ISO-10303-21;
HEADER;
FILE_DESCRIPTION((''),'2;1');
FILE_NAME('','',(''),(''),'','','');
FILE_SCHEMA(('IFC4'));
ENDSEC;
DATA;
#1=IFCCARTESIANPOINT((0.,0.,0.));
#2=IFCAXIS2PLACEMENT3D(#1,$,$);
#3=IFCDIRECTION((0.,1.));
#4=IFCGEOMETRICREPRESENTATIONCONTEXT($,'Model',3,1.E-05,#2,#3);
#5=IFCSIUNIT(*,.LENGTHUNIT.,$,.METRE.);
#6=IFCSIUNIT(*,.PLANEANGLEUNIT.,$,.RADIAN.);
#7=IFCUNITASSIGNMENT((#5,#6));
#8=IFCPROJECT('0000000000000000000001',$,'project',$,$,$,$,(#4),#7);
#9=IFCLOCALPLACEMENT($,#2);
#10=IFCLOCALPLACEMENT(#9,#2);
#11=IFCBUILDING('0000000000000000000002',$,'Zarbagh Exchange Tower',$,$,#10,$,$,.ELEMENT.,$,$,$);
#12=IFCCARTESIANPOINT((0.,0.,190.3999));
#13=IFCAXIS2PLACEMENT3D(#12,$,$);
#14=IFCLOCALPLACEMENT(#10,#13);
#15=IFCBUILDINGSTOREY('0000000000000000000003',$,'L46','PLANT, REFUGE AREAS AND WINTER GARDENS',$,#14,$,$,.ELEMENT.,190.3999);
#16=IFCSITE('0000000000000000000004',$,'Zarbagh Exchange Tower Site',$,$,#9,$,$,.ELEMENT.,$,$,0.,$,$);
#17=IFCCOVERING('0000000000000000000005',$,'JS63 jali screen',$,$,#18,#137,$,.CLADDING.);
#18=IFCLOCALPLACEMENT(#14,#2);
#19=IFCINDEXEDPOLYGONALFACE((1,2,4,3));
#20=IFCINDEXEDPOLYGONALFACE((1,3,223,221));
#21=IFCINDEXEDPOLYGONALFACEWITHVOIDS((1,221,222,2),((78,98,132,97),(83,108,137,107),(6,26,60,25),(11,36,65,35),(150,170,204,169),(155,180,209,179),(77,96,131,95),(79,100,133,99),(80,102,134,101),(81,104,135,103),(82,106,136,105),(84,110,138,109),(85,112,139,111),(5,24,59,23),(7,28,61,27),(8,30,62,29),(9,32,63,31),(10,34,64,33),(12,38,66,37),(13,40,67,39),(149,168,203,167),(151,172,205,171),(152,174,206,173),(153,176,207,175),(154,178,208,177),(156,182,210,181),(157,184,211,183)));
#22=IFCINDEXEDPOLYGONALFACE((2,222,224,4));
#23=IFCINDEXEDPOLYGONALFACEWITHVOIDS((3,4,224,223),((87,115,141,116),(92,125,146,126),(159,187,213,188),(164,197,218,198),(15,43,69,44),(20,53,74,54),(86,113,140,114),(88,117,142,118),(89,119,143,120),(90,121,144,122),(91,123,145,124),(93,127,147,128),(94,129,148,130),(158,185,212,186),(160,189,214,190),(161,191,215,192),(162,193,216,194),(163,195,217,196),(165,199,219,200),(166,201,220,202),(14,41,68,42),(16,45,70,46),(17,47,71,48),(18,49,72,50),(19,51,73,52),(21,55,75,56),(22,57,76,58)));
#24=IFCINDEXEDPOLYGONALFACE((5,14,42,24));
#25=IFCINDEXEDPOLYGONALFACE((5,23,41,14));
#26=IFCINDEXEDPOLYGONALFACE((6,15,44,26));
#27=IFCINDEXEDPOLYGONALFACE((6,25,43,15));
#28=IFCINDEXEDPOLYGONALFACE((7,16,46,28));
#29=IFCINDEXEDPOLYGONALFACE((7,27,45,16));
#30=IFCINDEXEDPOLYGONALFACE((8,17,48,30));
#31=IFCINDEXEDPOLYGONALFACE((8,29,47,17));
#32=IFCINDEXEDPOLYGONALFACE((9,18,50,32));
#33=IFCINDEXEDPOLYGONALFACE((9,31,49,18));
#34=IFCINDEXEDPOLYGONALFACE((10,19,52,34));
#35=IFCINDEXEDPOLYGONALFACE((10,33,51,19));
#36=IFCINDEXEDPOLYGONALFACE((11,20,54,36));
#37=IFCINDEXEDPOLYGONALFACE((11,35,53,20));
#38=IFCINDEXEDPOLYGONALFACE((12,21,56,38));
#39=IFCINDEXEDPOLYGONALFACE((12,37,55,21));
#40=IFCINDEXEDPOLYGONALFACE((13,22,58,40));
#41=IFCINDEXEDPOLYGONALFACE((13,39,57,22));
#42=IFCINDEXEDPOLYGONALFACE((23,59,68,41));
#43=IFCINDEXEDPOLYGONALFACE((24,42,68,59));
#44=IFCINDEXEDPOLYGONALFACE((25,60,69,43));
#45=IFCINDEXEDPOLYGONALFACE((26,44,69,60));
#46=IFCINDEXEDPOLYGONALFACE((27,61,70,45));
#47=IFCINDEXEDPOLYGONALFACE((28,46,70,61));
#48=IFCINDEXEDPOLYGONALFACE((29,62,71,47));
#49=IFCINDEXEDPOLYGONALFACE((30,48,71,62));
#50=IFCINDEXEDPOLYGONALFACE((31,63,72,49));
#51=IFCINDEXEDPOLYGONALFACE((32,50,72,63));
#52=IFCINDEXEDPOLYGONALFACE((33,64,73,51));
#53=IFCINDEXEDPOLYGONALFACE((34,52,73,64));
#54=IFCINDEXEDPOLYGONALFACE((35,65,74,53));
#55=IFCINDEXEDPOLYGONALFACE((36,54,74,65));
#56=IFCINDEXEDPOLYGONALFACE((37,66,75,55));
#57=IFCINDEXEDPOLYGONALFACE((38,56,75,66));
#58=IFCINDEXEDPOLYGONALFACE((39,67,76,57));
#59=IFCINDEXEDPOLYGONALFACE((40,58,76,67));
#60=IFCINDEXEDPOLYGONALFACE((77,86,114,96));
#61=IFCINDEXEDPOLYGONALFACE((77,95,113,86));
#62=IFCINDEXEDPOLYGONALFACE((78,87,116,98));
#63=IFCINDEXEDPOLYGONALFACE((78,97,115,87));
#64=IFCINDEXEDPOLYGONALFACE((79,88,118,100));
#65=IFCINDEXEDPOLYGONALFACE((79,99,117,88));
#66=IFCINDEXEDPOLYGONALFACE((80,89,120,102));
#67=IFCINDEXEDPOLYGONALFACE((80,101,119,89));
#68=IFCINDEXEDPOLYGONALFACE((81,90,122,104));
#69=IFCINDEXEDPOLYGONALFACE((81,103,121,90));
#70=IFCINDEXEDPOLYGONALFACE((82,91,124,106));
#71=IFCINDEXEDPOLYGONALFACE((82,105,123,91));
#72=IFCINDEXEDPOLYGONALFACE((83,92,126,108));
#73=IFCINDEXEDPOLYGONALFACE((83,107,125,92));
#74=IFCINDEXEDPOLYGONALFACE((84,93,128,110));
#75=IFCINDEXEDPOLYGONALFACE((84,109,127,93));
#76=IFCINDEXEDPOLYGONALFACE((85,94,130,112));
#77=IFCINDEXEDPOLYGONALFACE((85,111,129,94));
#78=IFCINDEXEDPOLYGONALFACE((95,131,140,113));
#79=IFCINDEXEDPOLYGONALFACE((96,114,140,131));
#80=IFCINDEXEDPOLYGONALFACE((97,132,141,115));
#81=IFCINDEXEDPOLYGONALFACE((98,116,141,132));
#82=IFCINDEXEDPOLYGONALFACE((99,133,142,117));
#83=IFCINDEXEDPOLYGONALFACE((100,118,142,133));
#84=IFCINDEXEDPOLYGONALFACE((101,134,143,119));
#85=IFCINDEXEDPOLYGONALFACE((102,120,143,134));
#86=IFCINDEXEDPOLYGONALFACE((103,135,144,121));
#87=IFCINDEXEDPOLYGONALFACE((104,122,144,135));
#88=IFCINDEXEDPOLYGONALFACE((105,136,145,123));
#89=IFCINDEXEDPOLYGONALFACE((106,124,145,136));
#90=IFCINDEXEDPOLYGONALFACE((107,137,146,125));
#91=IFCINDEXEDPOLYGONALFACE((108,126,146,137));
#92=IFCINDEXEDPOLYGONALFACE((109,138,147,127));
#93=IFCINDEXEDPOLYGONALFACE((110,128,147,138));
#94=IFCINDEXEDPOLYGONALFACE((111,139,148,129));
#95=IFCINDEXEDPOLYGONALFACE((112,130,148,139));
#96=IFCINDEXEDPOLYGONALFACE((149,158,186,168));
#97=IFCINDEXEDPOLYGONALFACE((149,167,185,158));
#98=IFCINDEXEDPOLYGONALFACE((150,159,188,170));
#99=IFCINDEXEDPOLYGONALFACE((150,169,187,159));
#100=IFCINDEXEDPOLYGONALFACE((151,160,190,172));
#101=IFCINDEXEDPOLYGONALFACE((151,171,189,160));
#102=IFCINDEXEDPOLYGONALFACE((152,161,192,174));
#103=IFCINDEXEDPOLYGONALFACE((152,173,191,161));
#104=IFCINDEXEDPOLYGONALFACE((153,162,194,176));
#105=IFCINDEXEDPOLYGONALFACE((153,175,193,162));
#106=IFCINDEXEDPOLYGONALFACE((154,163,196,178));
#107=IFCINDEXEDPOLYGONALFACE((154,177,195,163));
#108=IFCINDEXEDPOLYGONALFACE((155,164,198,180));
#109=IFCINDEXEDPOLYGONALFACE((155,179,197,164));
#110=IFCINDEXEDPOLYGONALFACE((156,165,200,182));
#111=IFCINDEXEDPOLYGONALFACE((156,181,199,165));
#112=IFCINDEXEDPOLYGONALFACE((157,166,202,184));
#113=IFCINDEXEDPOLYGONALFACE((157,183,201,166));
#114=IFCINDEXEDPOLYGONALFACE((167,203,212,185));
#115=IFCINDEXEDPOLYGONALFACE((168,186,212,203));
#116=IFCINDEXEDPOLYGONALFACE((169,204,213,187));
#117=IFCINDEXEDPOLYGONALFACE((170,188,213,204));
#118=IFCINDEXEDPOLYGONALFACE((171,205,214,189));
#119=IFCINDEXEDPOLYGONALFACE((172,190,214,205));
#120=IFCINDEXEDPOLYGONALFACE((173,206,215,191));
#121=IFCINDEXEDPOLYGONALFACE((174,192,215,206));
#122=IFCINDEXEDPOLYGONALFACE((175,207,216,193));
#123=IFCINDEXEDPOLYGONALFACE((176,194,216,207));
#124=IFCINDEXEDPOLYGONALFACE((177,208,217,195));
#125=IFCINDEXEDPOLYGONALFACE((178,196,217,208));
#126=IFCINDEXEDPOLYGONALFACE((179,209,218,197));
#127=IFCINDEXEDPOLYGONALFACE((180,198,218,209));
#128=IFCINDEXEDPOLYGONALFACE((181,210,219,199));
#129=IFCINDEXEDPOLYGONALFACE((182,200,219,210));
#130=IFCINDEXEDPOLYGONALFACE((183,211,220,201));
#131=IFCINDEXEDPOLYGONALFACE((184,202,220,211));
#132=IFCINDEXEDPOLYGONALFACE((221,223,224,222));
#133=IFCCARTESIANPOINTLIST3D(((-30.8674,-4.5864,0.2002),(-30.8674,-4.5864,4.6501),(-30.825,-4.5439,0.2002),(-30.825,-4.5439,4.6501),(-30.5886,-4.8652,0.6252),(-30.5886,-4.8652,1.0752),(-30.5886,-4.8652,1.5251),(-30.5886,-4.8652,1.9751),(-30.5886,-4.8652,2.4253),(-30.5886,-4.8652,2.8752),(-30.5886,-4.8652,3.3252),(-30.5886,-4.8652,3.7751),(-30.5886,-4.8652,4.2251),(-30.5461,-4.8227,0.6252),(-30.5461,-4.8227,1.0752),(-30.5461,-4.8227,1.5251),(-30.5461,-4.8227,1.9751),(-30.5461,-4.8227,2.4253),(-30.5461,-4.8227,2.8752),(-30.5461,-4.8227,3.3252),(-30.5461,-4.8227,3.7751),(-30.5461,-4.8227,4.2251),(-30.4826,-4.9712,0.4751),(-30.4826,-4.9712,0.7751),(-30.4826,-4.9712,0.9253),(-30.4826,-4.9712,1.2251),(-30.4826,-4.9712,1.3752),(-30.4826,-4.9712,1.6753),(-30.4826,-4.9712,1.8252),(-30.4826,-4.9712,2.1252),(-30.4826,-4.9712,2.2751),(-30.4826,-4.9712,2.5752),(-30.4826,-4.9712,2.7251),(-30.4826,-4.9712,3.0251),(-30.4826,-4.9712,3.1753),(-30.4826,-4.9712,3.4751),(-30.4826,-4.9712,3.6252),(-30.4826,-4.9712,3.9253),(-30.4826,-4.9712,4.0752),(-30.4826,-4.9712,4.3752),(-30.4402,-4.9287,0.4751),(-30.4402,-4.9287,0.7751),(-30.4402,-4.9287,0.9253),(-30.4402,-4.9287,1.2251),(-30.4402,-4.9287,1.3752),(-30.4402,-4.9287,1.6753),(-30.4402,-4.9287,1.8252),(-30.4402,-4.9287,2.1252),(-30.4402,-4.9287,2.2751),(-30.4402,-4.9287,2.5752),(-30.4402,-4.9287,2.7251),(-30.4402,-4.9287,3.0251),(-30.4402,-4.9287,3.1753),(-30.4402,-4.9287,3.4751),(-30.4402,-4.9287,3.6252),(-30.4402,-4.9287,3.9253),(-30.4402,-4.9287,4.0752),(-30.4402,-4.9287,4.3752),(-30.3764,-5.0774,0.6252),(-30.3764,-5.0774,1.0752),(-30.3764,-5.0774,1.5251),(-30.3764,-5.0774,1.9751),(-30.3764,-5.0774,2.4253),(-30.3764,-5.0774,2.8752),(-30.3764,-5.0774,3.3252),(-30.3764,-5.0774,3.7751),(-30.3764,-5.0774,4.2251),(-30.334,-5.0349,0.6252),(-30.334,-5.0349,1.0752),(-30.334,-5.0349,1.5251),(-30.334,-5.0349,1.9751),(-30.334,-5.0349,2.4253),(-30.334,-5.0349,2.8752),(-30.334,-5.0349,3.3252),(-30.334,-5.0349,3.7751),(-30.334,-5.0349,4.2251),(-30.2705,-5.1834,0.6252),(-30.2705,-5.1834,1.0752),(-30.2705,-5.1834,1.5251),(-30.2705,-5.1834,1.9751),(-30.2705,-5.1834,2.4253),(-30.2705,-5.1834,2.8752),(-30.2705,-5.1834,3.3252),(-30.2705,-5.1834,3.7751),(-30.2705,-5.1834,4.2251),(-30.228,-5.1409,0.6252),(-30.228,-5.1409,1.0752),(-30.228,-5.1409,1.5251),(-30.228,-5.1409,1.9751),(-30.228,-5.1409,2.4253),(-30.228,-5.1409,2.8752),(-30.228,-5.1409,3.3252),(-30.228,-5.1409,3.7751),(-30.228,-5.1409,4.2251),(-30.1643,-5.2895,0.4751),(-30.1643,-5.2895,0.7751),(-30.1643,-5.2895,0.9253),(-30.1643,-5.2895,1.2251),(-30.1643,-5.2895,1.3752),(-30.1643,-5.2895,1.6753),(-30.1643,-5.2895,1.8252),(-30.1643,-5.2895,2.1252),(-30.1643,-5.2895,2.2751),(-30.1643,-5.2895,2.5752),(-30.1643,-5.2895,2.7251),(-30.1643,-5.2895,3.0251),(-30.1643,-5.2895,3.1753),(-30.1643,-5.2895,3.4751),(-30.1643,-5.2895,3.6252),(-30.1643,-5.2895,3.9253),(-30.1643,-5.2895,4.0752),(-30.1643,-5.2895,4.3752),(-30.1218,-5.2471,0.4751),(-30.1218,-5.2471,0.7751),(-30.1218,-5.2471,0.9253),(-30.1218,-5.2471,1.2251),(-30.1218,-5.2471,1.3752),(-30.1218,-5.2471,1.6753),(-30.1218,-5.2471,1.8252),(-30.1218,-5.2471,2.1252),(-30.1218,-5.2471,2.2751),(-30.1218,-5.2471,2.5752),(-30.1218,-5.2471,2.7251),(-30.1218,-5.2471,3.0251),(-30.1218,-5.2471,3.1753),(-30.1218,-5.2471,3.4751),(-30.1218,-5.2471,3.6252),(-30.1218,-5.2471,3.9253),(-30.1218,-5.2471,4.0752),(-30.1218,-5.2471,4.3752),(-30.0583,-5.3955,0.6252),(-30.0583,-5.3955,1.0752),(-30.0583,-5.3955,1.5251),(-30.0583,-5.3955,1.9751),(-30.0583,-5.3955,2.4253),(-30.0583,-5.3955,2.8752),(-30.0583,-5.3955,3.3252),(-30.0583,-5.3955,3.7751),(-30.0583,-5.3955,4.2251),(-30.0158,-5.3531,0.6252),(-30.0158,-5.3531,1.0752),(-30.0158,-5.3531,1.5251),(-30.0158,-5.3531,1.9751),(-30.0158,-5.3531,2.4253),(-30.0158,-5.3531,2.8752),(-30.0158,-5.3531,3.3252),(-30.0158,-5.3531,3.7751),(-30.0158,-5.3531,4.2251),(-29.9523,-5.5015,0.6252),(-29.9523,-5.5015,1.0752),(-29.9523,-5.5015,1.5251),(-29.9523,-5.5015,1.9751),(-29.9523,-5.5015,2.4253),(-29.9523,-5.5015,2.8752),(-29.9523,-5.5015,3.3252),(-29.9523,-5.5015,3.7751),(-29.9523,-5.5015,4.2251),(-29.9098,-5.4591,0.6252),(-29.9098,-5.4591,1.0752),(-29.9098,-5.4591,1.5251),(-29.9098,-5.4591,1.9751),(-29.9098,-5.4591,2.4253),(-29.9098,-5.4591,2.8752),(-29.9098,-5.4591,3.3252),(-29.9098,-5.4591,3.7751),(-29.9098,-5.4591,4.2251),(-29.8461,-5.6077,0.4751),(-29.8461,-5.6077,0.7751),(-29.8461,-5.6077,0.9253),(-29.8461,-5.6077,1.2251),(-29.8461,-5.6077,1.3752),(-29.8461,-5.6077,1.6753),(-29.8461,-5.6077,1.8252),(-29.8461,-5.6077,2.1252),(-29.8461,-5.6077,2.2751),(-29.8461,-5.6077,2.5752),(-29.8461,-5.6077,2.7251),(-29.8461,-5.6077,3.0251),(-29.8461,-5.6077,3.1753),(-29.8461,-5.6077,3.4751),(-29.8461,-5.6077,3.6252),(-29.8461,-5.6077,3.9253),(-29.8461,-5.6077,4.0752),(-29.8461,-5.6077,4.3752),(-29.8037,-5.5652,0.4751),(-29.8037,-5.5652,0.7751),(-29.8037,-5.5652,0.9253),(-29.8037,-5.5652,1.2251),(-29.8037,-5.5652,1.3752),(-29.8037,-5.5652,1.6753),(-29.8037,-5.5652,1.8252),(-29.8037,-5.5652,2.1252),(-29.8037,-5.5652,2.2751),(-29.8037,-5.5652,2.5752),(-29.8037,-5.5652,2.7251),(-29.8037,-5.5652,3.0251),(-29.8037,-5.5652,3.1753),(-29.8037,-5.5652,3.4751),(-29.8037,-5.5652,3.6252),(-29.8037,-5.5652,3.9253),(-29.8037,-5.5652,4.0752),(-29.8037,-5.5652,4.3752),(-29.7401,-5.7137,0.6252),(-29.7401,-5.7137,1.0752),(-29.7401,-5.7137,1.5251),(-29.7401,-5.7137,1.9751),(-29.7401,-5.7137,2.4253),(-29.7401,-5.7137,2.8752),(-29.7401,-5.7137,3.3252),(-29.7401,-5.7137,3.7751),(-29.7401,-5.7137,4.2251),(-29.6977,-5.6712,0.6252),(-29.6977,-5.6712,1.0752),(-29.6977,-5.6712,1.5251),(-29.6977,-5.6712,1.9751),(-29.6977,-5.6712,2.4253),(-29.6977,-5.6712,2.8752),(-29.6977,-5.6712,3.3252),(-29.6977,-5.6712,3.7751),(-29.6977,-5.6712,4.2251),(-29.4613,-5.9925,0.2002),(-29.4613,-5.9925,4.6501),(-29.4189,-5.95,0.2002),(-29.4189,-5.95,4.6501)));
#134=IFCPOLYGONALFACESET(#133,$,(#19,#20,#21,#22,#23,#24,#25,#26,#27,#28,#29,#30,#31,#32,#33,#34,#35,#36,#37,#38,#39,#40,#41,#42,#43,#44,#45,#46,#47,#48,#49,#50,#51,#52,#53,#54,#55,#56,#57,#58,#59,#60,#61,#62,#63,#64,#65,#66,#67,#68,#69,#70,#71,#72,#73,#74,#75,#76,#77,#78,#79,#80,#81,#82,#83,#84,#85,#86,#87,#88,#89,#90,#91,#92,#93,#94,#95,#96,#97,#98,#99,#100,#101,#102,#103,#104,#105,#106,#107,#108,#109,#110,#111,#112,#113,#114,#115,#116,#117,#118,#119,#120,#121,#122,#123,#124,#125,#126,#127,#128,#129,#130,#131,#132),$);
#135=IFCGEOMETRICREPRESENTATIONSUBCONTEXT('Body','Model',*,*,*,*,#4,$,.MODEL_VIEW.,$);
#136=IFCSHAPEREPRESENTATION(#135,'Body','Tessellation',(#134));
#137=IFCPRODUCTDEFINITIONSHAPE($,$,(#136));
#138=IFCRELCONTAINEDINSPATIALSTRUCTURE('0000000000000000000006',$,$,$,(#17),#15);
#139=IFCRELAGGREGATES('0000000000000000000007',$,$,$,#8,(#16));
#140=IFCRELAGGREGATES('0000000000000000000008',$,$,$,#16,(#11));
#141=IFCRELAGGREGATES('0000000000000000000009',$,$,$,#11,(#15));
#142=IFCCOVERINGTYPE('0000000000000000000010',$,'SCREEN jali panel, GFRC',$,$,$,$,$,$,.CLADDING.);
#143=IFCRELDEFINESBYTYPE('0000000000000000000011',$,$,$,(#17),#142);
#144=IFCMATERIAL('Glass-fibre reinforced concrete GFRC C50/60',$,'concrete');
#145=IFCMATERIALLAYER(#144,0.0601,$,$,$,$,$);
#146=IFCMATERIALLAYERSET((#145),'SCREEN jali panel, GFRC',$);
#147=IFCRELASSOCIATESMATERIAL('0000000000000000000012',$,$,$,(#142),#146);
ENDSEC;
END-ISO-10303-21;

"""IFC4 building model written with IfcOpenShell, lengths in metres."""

from ifc_helpers import new_model, si_unit, direction, frame, origin, place, context, subcontext, project, spatial, polyline, outline, extrude, source, transform, mapped, material, layer, layer_set, type_object, element, save


model = new_model("IFC4")

# Units and contexts
model_context = context("Model", 3, precision=1e-05, world=origin(), true_north=direction((0.0, 1.0)))
body_context = subcontext(model_context, "Body", "Model", "MODEL_VIEW")
ifc_project = project(units=[si_unit("LENGTHUNIT", "METRE"), si_unit("PLANEANGLEUNIT", "RADIAN")], contexts=[model_context])

# Site, building, storey
site_placement = place(None, origin())
site = spatial("IfcSite", under=ifc_project, at=site_placement, Name="Zarbagh Exchange Tower Site", CompositionType="ELEMENT", RefElevation=0.0)
building_placement = place(site_placement, origin())
building = spatial("IfcBuilding", under=site, at=building_placement, Name="Zarbagh Exchange Tower", CompositionType="ELEMENT")
storey_placement = place(building_placement, frame((0.0, 0.0, 190.3999)))
storey = spatial("IfcBuildingStorey", under=building, at=storey_placement, Name="L46", Description="PLANT, REFUGE AREAS AND WINTER GARDENS", CompositionType="ELEMENT", Elevation=190.3999)

# Shared definitions
ifc_material_1 = material(Name="Glass-fibre reinforced concrete GFRC C50/60", Category="concrete")
ifc_layer_1 = layer(ifc_material_1, 0.0601)
ifc_layer_set_1 = layer_set([ifc_layer_1], Name="SCREEN jali panel, GFRC")
covering_type = type_object("IfcCoveringType", Name="SCREEN jali panel, GFRC", PredefinedType="CLADDING", material=ifc_layer_set_1)
placement = place(storey_placement, origin())

# Covering
shared_shape_1 = source(origin(), body_context, "Body", "SweptSolid", [
    extrude(outline(polyline([(0.0, 0.0), (1.9885, 0.0), (1.9885, 4.45), (0.0, 4.45), (0.0, 0.0)]), holes=[polyline([(0.3943, 0.425), (0.5442, 0.2749), (0.6943, 0.425), (0.5442, 0.575), (0.3943, 0.425)]), polyline([(0.3943, 0.875), (0.5442, 0.7251), (0.6943, 0.875), (0.5442, 1.0249), (0.3943, 0.875)]), polyline([(0.3943, 1.325), (0.5442, 1.175), (0.6943, 1.325), (0.5442, 1.4751), (0.3943, 1.325)]), polyline([(0.3943, 1.7749), (0.5442, 1.625), (0.6943, 1.7749), (0.5442, 1.925), (0.3943, 1.7749)]), polyline([(0.3943, 2.2251), (0.5442, 2.075), (0.6943, 2.2251), (0.5442, 2.375), (0.3943, 2.2251)]), polyline([(0.3943, 2.675), (0.5442, 2.5249), (0.6943, 2.675), (0.5442, 2.825), (0.3943, 2.675)]), polyline([(0.3943, 3.125), (0.5442, 2.9751), (0.6943, 3.125), (0.5442, 3.2749), (0.3943, 3.125)]), polyline([(0.3943, 3.575), (0.5442, 3.425), (0.6943, 3.575), (0.5442, 3.7251), (0.3943, 3.575)]), polyline([(0.3943, 4.0249), (0.5442, 3.875), (0.6943, 4.0249), (0.5442, 4.175), (0.3943, 4.0249)]), polyline([(0.8442, 0.425), (0.9944, 0.2749), (1.1443, 0.425), (0.9944, 0.575), (0.8442, 0.425)]), polyline([(0.8442, 0.875), (0.9944, 0.7251), (1.1443, 0.875), (0.9944, 1.0249), (0.8442, 0.875)]), polyline([(0.8442, 1.325), (0.9944, 1.175), (1.1443, 1.325), (0.9944, 1.4751), (0.8442, 1.325)]), polyline([(0.8442, 1.7749), (0.9944, 1.625), (1.1443, 1.7749), (0.9944, 1.925), (0.8442, 1.7749)]), polyline([(0.8442, 2.2251), (0.9944, 2.075), (1.1443, 2.2251), (0.9944, 2.375), (0.8442, 2.2251)]), polyline([(0.8442, 2.675), (0.9944, 2.5249), (1.1443, 2.675), (0.9944, 2.825), (0.8442, 2.675)]), polyline([(0.8442, 3.125), (0.9944, 2.9751), (1.1443, 3.125), (0.9944, 3.2749), (0.8442, 3.125)]), polyline([(0.8442, 3.575), (0.9944, 3.425), (1.1443, 3.575), (0.9944, 3.7251), (0.8442, 3.575)]), polyline([(0.8442, 4.0249), (0.9944, 3.875), (1.1443, 4.0249), (0.9944, 4.175), (0.8442, 4.0249)]), polyline([(1.2942, 0.425), (1.4443, 0.2749), (1.5942, 0.425), (1.4443, 0.575), (1.2942, 0.425)]), polyline([(1.2942, 0.875), (1.4443, 0.7251), (1.5942, 0.875), (1.4443, 1.0249), (1.2942, 0.875)]), polyline([(1.2942, 1.325), (1.4443, 1.175), (1.5942, 1.325), (1.4443, 1.4751), (1.2942, 1.325)]), polyline([(1.2942, 1.7749), (1.4443, 1.625), (1.5942, 1.7749), (1.4443, 1.925), (1.2942, 1.7749)]), polyline([(1.2942, 2.2251), (1.4443, 2.075), (1.5942, 2.2251), (1.4443, 2.375), (1.2942, 2.2251)]), polyline([(1.2942, 2.675), (1.4443, 2.5249), (1.5942, 2.675), (1.4443, 2.825), (1.2942, 2.675)]), polyline([(1.2942, 3.125), (1.4443, 2.9751), (1.5942, 3.125), (1.4443, 3.2749), (1.2942, 3.125)]), polyline([(1.2942, 3.575), (1.4443, 3.425), (1.5942, 3.575), (1.4443, 3.7251), (1.2942, 3.575)]), polyline([(1.2942, 4.0249), (1.4443, 3.875), (1.5942, 4.0249), (1.4443, 4.175), (1.2942, 4.0249)])]), origin(), (0.0, 0.0, 1.0), 0.0601),
])
element("IfcCovering", 1, at=placement, inside=storey, type_object=covering_type, Name="JS63 jali screen", PredefinedType="CLADDING", context=body_context, shape_type="MappedRepresentation", body=[
    mapped(shared_shape_1, transform((-30.825, -4.5439, 0.2002), x_axis=(0.707107, -0.707107, 0.0), y_axis=(0.0, 0.0, 1.0), z_axis=(-0.707107, -0.707107, 0.0))),
])

save(model, "model.ifc")
